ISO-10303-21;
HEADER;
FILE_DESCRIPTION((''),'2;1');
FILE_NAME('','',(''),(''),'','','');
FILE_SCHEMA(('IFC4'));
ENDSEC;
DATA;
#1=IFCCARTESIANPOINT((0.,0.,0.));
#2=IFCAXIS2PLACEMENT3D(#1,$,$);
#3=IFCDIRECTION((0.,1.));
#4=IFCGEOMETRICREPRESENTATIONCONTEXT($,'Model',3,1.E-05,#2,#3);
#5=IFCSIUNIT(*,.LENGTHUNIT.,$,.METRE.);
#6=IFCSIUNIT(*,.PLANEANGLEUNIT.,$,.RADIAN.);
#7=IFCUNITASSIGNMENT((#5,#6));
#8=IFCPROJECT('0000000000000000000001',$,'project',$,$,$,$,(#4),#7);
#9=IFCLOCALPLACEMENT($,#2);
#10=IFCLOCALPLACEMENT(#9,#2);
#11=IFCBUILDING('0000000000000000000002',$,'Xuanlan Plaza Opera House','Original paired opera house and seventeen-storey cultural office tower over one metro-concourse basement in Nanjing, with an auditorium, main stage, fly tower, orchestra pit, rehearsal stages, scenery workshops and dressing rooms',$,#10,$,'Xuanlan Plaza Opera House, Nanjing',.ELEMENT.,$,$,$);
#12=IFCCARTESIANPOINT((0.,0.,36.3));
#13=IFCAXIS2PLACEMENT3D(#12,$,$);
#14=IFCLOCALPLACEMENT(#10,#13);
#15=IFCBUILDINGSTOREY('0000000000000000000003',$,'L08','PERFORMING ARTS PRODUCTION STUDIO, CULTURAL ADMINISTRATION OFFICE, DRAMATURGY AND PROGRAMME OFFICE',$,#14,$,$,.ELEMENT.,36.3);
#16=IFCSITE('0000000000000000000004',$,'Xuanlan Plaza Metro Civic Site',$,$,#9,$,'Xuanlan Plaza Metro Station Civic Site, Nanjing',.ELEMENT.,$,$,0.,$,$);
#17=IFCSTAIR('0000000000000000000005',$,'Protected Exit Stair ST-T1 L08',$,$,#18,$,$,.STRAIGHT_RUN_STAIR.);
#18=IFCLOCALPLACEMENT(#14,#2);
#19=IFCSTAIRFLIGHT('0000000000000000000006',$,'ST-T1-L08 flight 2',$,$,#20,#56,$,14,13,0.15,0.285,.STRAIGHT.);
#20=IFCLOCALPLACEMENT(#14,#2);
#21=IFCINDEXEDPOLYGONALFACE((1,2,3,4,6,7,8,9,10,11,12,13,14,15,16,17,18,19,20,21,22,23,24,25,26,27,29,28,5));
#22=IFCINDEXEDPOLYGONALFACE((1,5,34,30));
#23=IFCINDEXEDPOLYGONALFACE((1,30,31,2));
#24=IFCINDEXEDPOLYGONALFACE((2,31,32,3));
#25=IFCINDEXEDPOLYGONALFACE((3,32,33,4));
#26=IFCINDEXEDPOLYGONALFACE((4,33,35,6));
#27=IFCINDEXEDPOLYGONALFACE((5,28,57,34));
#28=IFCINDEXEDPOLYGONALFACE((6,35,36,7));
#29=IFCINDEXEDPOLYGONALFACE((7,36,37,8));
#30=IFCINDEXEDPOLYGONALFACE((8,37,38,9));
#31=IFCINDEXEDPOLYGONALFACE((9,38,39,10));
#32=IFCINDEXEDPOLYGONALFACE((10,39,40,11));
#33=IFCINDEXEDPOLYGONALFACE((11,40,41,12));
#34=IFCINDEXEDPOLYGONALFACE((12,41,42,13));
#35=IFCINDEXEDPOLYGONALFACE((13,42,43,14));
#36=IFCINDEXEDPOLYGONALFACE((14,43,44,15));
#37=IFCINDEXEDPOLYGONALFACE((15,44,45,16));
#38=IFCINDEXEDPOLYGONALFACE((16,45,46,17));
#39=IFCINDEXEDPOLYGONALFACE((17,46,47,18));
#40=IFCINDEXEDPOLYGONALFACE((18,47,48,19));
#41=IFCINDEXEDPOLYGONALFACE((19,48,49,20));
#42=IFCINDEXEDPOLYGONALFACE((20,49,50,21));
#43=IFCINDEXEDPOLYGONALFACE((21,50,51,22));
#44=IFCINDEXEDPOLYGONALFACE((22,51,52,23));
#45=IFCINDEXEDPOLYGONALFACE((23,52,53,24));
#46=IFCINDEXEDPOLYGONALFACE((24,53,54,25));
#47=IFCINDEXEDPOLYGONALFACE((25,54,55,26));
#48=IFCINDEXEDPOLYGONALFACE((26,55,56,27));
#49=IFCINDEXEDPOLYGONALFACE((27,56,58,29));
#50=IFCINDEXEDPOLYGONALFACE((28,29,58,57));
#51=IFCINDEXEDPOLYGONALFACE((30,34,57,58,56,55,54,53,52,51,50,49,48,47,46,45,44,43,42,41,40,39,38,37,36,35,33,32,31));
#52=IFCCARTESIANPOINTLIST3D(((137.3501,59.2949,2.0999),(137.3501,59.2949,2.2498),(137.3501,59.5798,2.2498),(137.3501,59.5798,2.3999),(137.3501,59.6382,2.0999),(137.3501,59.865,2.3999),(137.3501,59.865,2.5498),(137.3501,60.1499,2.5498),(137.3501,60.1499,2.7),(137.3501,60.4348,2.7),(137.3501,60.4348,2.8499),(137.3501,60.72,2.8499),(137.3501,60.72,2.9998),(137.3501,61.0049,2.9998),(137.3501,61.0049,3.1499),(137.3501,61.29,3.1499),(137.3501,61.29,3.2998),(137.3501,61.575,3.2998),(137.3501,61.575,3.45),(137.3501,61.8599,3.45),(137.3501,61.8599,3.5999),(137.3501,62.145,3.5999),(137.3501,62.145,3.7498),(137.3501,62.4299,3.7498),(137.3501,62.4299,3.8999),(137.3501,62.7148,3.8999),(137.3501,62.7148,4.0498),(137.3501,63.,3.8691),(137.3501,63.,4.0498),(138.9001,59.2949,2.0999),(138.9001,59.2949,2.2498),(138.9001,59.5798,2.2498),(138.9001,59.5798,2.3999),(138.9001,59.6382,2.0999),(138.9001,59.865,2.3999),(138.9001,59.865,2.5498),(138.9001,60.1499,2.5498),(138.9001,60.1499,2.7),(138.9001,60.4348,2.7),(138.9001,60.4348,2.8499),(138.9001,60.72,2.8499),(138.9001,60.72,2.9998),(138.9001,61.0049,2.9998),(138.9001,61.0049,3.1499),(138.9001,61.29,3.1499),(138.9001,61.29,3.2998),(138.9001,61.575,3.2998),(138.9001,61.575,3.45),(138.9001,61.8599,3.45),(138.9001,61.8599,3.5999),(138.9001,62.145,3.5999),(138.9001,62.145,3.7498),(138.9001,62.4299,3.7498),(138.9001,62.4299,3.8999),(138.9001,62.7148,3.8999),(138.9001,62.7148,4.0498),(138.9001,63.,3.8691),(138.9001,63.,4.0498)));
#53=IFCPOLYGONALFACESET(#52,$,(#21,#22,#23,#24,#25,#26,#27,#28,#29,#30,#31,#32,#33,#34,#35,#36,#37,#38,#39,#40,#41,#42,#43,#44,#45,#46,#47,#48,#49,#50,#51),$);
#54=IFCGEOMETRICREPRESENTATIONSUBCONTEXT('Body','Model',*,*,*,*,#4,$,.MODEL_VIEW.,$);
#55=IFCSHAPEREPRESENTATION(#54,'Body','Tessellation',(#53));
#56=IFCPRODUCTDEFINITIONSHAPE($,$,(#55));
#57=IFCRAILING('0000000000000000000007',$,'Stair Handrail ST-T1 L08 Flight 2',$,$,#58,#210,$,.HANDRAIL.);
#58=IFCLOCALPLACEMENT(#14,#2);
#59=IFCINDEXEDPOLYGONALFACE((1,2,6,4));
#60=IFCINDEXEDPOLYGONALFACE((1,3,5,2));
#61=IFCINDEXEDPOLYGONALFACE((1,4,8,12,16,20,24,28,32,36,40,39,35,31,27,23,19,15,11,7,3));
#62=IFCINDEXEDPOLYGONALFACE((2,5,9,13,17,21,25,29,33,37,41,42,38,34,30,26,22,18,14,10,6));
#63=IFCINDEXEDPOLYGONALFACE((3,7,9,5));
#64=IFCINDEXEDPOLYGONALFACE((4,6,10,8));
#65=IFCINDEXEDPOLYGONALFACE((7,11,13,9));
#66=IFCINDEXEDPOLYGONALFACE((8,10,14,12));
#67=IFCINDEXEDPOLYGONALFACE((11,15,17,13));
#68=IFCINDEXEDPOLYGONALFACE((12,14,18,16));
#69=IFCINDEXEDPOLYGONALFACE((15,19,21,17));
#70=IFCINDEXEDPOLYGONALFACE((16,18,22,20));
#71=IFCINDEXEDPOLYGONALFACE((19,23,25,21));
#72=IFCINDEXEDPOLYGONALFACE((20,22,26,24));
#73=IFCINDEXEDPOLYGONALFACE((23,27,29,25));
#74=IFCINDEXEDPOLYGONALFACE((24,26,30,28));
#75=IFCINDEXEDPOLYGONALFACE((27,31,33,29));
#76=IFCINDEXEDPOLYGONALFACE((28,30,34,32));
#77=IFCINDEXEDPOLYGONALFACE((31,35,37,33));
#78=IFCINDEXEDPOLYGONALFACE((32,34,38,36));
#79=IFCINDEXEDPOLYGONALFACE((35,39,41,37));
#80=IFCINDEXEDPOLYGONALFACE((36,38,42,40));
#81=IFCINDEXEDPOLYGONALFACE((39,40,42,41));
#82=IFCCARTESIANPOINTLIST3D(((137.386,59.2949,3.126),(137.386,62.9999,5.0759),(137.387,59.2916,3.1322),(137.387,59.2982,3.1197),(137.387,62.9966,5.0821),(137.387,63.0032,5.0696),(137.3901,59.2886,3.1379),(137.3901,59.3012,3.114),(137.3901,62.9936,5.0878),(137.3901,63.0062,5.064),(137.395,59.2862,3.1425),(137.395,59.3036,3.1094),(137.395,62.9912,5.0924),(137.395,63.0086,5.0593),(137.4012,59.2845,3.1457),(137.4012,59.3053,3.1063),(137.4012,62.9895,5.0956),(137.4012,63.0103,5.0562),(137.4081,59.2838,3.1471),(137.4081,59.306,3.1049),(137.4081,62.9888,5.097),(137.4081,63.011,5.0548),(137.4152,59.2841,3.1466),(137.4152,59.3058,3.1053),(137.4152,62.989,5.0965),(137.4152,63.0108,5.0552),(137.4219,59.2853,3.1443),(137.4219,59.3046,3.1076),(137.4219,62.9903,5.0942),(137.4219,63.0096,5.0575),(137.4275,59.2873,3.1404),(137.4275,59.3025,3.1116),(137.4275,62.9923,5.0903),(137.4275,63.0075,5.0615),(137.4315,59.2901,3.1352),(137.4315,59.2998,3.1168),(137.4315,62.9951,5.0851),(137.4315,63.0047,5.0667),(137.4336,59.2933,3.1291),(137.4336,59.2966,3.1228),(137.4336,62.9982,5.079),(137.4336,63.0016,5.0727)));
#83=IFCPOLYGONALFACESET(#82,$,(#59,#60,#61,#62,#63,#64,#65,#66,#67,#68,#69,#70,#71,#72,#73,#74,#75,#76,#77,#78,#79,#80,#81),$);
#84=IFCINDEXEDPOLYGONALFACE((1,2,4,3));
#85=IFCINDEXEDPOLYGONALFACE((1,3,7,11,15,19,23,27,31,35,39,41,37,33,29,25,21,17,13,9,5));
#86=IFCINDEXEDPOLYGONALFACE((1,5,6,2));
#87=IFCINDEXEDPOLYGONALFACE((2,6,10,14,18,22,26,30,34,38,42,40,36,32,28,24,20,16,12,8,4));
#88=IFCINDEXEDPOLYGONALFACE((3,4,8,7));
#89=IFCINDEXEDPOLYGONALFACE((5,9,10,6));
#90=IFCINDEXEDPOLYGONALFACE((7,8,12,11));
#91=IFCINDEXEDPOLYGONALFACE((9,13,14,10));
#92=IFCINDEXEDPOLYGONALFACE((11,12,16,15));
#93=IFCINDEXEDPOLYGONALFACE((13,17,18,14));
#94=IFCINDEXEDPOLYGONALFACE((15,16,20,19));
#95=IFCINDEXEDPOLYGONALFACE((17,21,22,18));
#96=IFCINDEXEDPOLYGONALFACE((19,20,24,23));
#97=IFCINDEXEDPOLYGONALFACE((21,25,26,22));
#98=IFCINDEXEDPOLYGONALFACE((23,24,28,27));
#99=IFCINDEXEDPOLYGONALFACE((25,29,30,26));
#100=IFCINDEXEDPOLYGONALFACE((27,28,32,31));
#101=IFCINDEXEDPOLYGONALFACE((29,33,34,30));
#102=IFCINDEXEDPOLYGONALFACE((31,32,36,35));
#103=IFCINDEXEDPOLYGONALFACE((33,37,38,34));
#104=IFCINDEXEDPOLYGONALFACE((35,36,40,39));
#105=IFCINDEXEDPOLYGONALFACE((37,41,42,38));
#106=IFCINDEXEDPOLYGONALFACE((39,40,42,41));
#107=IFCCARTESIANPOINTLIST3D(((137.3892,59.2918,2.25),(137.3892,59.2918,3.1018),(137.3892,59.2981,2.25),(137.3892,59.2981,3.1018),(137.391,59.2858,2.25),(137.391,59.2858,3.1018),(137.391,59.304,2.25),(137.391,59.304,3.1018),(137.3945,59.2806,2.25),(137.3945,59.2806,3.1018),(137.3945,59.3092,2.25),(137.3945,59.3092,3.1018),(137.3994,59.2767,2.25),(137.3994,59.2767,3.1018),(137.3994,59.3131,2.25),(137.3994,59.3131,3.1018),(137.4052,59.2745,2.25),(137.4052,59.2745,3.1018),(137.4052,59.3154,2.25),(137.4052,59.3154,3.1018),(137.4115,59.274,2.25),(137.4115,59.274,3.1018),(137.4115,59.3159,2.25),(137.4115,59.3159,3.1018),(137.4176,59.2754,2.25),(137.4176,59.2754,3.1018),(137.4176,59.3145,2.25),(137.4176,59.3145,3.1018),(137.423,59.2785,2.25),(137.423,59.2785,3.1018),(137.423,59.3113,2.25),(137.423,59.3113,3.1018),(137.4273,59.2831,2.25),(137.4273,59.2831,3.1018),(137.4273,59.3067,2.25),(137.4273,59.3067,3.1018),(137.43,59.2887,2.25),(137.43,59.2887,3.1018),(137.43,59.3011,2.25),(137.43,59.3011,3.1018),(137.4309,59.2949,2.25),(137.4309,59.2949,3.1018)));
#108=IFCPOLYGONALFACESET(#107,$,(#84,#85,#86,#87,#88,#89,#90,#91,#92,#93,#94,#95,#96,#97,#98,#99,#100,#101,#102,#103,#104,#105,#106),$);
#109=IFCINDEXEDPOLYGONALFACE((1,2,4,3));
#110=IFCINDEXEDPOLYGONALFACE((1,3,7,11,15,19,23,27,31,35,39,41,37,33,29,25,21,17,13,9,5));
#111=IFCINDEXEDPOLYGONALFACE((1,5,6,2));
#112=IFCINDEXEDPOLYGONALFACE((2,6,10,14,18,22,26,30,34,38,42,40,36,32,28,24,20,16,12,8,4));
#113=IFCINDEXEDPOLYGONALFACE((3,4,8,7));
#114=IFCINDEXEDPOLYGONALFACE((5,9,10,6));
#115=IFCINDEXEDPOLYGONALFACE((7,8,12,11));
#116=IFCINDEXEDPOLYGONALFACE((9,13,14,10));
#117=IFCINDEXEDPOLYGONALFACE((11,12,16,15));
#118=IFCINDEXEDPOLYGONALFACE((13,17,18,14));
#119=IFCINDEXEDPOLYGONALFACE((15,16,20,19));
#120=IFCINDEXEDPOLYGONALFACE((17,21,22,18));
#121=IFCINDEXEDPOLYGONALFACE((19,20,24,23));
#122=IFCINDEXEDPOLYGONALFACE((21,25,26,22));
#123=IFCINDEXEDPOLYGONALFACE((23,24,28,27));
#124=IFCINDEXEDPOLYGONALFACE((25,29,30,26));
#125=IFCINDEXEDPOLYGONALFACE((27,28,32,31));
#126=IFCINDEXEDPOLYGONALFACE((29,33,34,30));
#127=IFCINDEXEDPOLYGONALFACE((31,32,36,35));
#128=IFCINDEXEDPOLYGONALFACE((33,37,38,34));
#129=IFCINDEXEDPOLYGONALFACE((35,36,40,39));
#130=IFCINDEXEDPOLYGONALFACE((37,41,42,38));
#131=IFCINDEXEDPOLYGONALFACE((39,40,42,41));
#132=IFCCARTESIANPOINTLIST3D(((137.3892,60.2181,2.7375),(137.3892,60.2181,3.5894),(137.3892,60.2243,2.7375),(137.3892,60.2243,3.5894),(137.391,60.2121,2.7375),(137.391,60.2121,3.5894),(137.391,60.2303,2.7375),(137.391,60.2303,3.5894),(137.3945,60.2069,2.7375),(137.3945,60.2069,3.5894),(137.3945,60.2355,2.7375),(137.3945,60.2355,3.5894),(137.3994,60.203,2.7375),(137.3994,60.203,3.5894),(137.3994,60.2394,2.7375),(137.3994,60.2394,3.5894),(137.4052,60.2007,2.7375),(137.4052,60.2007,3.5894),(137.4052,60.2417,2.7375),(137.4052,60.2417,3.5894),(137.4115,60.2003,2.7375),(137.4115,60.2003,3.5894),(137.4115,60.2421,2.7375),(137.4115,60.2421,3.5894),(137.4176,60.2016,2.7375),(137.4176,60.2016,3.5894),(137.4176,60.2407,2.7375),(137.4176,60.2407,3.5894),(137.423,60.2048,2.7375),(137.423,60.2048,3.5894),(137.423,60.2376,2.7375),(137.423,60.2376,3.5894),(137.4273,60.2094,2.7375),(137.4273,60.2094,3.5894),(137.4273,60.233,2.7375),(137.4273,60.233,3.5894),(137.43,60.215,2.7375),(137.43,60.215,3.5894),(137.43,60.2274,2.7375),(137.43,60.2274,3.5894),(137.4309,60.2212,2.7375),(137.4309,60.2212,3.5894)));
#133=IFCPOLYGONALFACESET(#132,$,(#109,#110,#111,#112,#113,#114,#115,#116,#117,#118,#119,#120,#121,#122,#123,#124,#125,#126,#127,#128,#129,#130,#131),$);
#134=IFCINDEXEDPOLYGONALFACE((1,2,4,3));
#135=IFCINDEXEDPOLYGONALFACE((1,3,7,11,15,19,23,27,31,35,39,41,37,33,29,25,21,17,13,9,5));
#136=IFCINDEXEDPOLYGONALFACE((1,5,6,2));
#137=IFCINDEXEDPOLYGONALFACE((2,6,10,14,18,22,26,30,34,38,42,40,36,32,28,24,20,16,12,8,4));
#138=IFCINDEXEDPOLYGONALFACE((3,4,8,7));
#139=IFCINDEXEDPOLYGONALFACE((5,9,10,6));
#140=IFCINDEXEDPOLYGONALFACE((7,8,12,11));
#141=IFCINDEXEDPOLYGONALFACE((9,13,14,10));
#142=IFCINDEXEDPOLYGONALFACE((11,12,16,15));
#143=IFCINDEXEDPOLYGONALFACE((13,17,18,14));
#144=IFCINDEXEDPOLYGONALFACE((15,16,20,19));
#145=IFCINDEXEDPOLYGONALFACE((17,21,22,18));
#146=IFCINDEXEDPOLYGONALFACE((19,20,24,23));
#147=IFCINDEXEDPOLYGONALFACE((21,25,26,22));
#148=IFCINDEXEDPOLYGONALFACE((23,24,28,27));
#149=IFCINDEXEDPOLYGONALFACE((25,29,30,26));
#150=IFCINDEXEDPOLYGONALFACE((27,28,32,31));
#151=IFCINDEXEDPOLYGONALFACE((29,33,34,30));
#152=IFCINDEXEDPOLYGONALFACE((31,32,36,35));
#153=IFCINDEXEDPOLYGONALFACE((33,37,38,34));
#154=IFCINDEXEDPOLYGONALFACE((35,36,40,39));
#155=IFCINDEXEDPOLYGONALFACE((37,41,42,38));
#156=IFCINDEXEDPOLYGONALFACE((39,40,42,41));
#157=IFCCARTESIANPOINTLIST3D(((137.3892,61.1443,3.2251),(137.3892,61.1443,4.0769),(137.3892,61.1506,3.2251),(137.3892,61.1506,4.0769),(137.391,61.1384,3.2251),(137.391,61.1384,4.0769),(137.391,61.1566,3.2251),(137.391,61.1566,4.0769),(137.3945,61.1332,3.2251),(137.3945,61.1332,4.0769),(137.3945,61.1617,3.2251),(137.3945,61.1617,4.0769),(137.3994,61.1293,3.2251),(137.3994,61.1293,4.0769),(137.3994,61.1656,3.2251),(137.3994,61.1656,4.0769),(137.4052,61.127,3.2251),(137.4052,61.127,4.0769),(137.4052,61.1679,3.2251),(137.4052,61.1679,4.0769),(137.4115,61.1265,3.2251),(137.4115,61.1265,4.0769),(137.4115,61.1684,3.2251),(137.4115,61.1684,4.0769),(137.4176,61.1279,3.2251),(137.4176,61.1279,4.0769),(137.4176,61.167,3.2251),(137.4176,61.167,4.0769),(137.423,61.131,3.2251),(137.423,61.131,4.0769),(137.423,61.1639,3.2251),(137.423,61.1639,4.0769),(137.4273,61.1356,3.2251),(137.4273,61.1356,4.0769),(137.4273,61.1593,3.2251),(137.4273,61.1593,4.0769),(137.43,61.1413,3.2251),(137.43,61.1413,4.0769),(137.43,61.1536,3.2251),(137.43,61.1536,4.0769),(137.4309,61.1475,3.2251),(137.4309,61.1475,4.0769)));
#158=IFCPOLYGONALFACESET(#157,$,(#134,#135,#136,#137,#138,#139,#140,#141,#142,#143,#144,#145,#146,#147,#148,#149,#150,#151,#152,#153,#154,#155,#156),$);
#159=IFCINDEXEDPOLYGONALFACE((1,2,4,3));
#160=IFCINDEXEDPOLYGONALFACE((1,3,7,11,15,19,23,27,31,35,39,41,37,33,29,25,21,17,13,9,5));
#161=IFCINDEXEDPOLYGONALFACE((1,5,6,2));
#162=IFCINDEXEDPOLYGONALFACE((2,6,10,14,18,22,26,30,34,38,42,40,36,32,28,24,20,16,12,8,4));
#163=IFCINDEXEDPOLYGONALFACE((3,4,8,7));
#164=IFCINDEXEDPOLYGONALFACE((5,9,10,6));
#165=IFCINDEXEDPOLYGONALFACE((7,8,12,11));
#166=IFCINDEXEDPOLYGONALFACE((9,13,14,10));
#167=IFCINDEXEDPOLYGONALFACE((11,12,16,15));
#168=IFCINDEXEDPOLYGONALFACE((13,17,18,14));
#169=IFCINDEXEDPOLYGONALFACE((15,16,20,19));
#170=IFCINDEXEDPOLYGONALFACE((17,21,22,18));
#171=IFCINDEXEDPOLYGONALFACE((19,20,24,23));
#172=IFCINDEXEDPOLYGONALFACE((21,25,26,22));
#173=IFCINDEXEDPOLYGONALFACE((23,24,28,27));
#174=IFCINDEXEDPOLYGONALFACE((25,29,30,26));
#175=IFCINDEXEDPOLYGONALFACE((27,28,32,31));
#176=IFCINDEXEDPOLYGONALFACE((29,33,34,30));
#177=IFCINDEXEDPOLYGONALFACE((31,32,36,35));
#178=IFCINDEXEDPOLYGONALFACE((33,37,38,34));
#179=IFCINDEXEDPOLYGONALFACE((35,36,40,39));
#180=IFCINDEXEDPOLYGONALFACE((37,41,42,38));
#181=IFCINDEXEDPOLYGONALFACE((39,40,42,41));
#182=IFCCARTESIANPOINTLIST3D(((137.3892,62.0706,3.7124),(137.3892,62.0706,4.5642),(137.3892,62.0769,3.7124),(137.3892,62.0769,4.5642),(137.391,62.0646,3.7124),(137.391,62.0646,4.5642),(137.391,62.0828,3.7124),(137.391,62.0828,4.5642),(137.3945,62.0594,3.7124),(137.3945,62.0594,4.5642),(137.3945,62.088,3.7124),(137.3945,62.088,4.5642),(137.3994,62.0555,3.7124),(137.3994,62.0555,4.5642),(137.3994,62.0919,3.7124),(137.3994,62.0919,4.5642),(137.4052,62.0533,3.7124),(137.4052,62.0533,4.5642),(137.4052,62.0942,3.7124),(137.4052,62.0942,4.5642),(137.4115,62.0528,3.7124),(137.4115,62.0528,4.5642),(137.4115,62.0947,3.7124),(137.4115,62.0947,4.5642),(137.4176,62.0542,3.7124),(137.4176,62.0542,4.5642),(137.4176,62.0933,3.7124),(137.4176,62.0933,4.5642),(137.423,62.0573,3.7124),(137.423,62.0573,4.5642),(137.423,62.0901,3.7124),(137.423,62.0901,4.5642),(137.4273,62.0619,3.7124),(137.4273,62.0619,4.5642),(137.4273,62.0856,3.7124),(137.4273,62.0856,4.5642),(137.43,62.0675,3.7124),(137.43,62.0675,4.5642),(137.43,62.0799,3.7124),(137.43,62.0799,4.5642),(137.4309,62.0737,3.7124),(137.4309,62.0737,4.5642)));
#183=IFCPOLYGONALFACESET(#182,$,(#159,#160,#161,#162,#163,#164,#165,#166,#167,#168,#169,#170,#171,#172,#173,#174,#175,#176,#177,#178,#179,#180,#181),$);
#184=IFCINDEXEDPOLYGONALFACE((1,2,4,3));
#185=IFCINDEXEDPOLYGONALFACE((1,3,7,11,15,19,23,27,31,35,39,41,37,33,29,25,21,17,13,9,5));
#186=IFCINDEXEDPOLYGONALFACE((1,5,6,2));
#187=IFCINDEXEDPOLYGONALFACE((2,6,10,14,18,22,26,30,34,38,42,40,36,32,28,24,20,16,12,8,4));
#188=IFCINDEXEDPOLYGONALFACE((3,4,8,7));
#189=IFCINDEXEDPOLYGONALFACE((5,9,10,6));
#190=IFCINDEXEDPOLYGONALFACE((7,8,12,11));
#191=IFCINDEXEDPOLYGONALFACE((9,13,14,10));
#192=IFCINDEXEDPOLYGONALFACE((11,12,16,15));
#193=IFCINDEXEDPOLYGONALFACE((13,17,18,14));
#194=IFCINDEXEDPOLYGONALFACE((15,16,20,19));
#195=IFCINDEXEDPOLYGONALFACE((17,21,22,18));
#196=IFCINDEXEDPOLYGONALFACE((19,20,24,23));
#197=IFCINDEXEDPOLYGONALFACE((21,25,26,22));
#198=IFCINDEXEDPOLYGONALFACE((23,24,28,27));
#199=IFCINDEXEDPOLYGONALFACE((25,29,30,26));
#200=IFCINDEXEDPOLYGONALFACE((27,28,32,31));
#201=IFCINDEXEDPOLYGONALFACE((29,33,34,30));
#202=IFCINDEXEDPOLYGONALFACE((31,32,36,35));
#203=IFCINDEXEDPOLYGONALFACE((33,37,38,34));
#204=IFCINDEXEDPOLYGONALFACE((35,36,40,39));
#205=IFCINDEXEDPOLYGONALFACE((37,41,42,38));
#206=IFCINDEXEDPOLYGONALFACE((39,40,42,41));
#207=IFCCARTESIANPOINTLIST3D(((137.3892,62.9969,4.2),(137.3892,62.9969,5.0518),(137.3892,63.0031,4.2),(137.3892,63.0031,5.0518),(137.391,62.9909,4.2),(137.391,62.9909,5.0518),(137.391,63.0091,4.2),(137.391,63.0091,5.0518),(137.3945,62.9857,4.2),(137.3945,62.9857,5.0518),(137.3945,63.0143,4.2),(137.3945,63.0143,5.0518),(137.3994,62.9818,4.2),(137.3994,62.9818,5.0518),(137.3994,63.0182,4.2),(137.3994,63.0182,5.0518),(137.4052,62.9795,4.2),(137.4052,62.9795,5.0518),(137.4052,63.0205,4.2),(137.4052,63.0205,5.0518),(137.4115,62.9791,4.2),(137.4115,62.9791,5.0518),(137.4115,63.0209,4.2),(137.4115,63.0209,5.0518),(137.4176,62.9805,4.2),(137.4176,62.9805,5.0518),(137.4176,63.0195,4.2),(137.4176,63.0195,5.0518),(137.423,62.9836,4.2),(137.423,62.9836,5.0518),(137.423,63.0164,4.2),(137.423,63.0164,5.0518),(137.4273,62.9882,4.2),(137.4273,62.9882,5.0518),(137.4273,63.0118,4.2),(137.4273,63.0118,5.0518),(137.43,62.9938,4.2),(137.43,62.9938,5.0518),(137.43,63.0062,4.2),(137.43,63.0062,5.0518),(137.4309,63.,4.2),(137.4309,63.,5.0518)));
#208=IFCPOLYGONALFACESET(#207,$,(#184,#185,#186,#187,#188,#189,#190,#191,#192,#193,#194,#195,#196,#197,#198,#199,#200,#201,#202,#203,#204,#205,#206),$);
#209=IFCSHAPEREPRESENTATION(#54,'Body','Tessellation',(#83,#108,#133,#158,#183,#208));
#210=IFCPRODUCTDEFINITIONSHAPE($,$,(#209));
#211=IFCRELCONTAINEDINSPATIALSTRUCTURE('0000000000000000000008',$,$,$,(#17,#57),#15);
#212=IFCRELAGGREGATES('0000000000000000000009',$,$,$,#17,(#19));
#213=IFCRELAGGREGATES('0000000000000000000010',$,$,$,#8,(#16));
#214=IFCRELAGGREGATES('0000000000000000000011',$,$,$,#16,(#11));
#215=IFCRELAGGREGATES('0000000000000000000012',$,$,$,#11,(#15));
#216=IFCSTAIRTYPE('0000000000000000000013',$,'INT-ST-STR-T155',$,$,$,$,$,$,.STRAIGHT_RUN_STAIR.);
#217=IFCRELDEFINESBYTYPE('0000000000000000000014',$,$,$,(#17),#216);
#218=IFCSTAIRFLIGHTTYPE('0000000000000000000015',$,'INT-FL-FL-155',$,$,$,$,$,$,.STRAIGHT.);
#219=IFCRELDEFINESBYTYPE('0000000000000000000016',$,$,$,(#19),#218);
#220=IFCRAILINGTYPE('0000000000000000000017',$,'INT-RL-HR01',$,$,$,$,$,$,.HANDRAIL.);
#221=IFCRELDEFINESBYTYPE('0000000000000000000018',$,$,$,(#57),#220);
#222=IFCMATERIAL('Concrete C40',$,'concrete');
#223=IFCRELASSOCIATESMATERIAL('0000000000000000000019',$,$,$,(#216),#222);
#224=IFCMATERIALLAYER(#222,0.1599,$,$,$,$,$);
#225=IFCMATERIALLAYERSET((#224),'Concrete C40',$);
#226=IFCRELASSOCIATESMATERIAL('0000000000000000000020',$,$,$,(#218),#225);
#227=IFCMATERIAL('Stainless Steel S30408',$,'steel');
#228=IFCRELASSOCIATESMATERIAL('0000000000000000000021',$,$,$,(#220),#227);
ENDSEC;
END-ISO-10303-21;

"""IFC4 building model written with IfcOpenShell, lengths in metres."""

from ifc_helpers import new_model, si_unit, direction, frame, origin, origin_2d, place, context, subcontext, project, spatial, polyline, circle, outline, extrude, material, layer, layer_set, type_object, element, aggregate, save


model = new_model("IFC4")

# Units and contexts
model_context = context("Model", 3, precision=1e-05, world=origin(), true_north=direction((0.0, 1.0)))
body_context = subcontext(model_context, "Body", "Model", "MODEL_VIEW")
ifc_project = project(units=[si_unit("LENGTHUNIT", "METRE"), si_unit("PLANEANGLEUNIT", "RADIAN")], contexts=[model_context])

# Site, building, storey
site_placement = place(None, origin())
site = spatial("IfcSite", under=ifc_project, at=site_placement, Name="Xuanlan Plaza Metro Civic Site", LongName="Xuanlan Plaza Metro Station Civic Site, Nanjing", CompositionType="ELEMENT", RefElevation=0.0)
building_placement = place(site_placement, origin())
building = spatial("IfcBuilding", under=site, at=building_placement, Name="Xuanlan Plaza Opera House", Description="Original paired opera house and seventeen-storey cultural office tower over one metro-concourse basement in Nanjing, with an auditorium, main stage, fly tower, orchestra pit, rehearsal stages, scenery workshops and dressing rooms", LongName="Xuanlan Plaza Opera House, Nanjing", CompositionType="ELEMENT")
storey_placement = place(building_placement, frame((0.0, 0.0, 36.3)))
storey = spatial("IfcBuildingStorey", under=building, at=storey_placement, Name="L08", Description="PERFORMING ARTS PRODUCTION STUDIO, CULTURAL ADMINISTRATION OFFICE, DRAMATURGY AND PROGRAMME OFFICE", CompositionType="ELEMENT", Elevation=36.3)

# Shared definitions
ifc_material_1 = material(Name="Concrete C40", Category="concrete")

# Shared definitions
ifc_material_2 = material(Name="Stainless Steel S30408", Category="steel")

# Stair, stair flight
stair_type = type_object("IfcStairType", Name="INT-ST-STR-T155", PredefinedType="STRAIGHT_RUN_STAIR", material=ifc_material_1)
stair_placement = place(storey_placement, origin())
stair = element("IfcStair", 1, at=stair_placement, inside=storey, type_object=stair_type, Name="Protected Exit Stair ST-T1 L08", PredefinedType="STRAIGHT_RUN_STAIR")
ifc_layer_1 = layer(ifc_material_1, 0.1599)
ifc_layer_set_1 = layer_set([ifc_layer_1], Name="Concrete C40")
stair_flight_type = type_object("IfcStairFlightType", Name="INT-FL-FL-155", PredefinedType="STRAIGHT", material=ifc_layer_set_1)
stair_flight_placement = place(storey_placement, frame((138.125, 59.2949, 2.0999), z_axis=(0.0, 0.0, 1.0), x_axis=(0.0, 1.0, 0.0)))
stair_flight = element("IfcStairFlight", 2, at=stair_flight_placement, type_object=stair_flight_type, Name="ST-T1-L08 flight 2", NumberOfRisers=14, NumberOfTreads=13, PredefinedType="STRAIGHT", RiserHeight=0.15, TreadLength=0.285, context=body_context, shape_type="SweptSolid", body=[
    extrude(outline(polyline([(0.0, 0.0), (0.0, 0.1499), (0.2849, 0.1499), (0.2849, 0.3), (0.5701, 0.3), (0.5701, 0.45), (0.855, 0.45), (0.855, 0.6001), (1.1399, 0.6001), (1.1399, 0.75), (1.425, 0.75), (1.425, 0.8999), (1.71, 0.8999), (1.71, 1.05), (1.9951, 1.05), (1.9951, 1.2), (2.28, 1.2), (2.28, 1.3501), (2.5649, 1.3501), (2.5649, 1.5), (2.8501, 1.5), (2.8501, 1.6499), (3.135, 1.6499), (3.135, 1.8), (3.4199, 1.8), (3.4199, 1.95), (3.7051, 1.95), (3.7051, 2.1001), (3.7051, 1.7693), (0.3433, 0.0), (0.0, 0.0)])), frame((0.0, 0.7749, 0.0), z_axis=(0.0, -1.0, 0.0), x_axis=(1.0, 0.0, 0.0)), (0.0, 0.0, 1.0), 1.55),
])
aggregate(stair, [stair_flight])

# Railing
railing_type = type_object("IfcRailingType", Name="INT-RL-HR01", PredefinedType="HANDRAIL", material=ifc_material_2)
railing_placement = place(storey_placement, frame((137.4099, 59.2949, 2.25)))
element("IfcRailing", 3, at=railing_placement, inside=storey, type_object=railing_type, Name="Stair Handrail ST-T1 L08 Flight 2", PredefinedType="HANDRAIL", context=body_context, shape_type="SweptSolid", body=[
    extrude(circle(Radius=0.0239, at=origin_2d()), frame((0.0, 0.0, 0.876), z_axis=(0.0, 0.884927, 0.46573), x_axis=(-1.0, 0.0, 0.0)), (0.0, 0.0, 1.0), 4.1868),
    extrude(circle(Radius=0.021, at=origin_2d()), origin(), (0.0, 0.0, 1.0), 0.8518),
    extrude(circle(Radius=0.021, at=origin_2d()), frame((0.0, 0.9263, 0.4875)), (0.0, 0.0, 1.0), 0.8518),
    extrude(circle(Radius=0.021, at=origin_2d()), frame((0.0, 1.8525, 0.9751)), (0.0, 0.0, 1.0), 0.8518),
    extrude(circle(Radius=0.021, at=origin_2d()), frame((0.0, 2.7788, 1.4624)), (0.0, 0.0, 1.0), 0.8518),
    extrude(circle(Radius=0.021, at=origin_2d()), frame((0.0, 3.7051, 1.95)), (0.0, 0.0, 1.0), 0.8518),
])

save(model, "model.ifc")
